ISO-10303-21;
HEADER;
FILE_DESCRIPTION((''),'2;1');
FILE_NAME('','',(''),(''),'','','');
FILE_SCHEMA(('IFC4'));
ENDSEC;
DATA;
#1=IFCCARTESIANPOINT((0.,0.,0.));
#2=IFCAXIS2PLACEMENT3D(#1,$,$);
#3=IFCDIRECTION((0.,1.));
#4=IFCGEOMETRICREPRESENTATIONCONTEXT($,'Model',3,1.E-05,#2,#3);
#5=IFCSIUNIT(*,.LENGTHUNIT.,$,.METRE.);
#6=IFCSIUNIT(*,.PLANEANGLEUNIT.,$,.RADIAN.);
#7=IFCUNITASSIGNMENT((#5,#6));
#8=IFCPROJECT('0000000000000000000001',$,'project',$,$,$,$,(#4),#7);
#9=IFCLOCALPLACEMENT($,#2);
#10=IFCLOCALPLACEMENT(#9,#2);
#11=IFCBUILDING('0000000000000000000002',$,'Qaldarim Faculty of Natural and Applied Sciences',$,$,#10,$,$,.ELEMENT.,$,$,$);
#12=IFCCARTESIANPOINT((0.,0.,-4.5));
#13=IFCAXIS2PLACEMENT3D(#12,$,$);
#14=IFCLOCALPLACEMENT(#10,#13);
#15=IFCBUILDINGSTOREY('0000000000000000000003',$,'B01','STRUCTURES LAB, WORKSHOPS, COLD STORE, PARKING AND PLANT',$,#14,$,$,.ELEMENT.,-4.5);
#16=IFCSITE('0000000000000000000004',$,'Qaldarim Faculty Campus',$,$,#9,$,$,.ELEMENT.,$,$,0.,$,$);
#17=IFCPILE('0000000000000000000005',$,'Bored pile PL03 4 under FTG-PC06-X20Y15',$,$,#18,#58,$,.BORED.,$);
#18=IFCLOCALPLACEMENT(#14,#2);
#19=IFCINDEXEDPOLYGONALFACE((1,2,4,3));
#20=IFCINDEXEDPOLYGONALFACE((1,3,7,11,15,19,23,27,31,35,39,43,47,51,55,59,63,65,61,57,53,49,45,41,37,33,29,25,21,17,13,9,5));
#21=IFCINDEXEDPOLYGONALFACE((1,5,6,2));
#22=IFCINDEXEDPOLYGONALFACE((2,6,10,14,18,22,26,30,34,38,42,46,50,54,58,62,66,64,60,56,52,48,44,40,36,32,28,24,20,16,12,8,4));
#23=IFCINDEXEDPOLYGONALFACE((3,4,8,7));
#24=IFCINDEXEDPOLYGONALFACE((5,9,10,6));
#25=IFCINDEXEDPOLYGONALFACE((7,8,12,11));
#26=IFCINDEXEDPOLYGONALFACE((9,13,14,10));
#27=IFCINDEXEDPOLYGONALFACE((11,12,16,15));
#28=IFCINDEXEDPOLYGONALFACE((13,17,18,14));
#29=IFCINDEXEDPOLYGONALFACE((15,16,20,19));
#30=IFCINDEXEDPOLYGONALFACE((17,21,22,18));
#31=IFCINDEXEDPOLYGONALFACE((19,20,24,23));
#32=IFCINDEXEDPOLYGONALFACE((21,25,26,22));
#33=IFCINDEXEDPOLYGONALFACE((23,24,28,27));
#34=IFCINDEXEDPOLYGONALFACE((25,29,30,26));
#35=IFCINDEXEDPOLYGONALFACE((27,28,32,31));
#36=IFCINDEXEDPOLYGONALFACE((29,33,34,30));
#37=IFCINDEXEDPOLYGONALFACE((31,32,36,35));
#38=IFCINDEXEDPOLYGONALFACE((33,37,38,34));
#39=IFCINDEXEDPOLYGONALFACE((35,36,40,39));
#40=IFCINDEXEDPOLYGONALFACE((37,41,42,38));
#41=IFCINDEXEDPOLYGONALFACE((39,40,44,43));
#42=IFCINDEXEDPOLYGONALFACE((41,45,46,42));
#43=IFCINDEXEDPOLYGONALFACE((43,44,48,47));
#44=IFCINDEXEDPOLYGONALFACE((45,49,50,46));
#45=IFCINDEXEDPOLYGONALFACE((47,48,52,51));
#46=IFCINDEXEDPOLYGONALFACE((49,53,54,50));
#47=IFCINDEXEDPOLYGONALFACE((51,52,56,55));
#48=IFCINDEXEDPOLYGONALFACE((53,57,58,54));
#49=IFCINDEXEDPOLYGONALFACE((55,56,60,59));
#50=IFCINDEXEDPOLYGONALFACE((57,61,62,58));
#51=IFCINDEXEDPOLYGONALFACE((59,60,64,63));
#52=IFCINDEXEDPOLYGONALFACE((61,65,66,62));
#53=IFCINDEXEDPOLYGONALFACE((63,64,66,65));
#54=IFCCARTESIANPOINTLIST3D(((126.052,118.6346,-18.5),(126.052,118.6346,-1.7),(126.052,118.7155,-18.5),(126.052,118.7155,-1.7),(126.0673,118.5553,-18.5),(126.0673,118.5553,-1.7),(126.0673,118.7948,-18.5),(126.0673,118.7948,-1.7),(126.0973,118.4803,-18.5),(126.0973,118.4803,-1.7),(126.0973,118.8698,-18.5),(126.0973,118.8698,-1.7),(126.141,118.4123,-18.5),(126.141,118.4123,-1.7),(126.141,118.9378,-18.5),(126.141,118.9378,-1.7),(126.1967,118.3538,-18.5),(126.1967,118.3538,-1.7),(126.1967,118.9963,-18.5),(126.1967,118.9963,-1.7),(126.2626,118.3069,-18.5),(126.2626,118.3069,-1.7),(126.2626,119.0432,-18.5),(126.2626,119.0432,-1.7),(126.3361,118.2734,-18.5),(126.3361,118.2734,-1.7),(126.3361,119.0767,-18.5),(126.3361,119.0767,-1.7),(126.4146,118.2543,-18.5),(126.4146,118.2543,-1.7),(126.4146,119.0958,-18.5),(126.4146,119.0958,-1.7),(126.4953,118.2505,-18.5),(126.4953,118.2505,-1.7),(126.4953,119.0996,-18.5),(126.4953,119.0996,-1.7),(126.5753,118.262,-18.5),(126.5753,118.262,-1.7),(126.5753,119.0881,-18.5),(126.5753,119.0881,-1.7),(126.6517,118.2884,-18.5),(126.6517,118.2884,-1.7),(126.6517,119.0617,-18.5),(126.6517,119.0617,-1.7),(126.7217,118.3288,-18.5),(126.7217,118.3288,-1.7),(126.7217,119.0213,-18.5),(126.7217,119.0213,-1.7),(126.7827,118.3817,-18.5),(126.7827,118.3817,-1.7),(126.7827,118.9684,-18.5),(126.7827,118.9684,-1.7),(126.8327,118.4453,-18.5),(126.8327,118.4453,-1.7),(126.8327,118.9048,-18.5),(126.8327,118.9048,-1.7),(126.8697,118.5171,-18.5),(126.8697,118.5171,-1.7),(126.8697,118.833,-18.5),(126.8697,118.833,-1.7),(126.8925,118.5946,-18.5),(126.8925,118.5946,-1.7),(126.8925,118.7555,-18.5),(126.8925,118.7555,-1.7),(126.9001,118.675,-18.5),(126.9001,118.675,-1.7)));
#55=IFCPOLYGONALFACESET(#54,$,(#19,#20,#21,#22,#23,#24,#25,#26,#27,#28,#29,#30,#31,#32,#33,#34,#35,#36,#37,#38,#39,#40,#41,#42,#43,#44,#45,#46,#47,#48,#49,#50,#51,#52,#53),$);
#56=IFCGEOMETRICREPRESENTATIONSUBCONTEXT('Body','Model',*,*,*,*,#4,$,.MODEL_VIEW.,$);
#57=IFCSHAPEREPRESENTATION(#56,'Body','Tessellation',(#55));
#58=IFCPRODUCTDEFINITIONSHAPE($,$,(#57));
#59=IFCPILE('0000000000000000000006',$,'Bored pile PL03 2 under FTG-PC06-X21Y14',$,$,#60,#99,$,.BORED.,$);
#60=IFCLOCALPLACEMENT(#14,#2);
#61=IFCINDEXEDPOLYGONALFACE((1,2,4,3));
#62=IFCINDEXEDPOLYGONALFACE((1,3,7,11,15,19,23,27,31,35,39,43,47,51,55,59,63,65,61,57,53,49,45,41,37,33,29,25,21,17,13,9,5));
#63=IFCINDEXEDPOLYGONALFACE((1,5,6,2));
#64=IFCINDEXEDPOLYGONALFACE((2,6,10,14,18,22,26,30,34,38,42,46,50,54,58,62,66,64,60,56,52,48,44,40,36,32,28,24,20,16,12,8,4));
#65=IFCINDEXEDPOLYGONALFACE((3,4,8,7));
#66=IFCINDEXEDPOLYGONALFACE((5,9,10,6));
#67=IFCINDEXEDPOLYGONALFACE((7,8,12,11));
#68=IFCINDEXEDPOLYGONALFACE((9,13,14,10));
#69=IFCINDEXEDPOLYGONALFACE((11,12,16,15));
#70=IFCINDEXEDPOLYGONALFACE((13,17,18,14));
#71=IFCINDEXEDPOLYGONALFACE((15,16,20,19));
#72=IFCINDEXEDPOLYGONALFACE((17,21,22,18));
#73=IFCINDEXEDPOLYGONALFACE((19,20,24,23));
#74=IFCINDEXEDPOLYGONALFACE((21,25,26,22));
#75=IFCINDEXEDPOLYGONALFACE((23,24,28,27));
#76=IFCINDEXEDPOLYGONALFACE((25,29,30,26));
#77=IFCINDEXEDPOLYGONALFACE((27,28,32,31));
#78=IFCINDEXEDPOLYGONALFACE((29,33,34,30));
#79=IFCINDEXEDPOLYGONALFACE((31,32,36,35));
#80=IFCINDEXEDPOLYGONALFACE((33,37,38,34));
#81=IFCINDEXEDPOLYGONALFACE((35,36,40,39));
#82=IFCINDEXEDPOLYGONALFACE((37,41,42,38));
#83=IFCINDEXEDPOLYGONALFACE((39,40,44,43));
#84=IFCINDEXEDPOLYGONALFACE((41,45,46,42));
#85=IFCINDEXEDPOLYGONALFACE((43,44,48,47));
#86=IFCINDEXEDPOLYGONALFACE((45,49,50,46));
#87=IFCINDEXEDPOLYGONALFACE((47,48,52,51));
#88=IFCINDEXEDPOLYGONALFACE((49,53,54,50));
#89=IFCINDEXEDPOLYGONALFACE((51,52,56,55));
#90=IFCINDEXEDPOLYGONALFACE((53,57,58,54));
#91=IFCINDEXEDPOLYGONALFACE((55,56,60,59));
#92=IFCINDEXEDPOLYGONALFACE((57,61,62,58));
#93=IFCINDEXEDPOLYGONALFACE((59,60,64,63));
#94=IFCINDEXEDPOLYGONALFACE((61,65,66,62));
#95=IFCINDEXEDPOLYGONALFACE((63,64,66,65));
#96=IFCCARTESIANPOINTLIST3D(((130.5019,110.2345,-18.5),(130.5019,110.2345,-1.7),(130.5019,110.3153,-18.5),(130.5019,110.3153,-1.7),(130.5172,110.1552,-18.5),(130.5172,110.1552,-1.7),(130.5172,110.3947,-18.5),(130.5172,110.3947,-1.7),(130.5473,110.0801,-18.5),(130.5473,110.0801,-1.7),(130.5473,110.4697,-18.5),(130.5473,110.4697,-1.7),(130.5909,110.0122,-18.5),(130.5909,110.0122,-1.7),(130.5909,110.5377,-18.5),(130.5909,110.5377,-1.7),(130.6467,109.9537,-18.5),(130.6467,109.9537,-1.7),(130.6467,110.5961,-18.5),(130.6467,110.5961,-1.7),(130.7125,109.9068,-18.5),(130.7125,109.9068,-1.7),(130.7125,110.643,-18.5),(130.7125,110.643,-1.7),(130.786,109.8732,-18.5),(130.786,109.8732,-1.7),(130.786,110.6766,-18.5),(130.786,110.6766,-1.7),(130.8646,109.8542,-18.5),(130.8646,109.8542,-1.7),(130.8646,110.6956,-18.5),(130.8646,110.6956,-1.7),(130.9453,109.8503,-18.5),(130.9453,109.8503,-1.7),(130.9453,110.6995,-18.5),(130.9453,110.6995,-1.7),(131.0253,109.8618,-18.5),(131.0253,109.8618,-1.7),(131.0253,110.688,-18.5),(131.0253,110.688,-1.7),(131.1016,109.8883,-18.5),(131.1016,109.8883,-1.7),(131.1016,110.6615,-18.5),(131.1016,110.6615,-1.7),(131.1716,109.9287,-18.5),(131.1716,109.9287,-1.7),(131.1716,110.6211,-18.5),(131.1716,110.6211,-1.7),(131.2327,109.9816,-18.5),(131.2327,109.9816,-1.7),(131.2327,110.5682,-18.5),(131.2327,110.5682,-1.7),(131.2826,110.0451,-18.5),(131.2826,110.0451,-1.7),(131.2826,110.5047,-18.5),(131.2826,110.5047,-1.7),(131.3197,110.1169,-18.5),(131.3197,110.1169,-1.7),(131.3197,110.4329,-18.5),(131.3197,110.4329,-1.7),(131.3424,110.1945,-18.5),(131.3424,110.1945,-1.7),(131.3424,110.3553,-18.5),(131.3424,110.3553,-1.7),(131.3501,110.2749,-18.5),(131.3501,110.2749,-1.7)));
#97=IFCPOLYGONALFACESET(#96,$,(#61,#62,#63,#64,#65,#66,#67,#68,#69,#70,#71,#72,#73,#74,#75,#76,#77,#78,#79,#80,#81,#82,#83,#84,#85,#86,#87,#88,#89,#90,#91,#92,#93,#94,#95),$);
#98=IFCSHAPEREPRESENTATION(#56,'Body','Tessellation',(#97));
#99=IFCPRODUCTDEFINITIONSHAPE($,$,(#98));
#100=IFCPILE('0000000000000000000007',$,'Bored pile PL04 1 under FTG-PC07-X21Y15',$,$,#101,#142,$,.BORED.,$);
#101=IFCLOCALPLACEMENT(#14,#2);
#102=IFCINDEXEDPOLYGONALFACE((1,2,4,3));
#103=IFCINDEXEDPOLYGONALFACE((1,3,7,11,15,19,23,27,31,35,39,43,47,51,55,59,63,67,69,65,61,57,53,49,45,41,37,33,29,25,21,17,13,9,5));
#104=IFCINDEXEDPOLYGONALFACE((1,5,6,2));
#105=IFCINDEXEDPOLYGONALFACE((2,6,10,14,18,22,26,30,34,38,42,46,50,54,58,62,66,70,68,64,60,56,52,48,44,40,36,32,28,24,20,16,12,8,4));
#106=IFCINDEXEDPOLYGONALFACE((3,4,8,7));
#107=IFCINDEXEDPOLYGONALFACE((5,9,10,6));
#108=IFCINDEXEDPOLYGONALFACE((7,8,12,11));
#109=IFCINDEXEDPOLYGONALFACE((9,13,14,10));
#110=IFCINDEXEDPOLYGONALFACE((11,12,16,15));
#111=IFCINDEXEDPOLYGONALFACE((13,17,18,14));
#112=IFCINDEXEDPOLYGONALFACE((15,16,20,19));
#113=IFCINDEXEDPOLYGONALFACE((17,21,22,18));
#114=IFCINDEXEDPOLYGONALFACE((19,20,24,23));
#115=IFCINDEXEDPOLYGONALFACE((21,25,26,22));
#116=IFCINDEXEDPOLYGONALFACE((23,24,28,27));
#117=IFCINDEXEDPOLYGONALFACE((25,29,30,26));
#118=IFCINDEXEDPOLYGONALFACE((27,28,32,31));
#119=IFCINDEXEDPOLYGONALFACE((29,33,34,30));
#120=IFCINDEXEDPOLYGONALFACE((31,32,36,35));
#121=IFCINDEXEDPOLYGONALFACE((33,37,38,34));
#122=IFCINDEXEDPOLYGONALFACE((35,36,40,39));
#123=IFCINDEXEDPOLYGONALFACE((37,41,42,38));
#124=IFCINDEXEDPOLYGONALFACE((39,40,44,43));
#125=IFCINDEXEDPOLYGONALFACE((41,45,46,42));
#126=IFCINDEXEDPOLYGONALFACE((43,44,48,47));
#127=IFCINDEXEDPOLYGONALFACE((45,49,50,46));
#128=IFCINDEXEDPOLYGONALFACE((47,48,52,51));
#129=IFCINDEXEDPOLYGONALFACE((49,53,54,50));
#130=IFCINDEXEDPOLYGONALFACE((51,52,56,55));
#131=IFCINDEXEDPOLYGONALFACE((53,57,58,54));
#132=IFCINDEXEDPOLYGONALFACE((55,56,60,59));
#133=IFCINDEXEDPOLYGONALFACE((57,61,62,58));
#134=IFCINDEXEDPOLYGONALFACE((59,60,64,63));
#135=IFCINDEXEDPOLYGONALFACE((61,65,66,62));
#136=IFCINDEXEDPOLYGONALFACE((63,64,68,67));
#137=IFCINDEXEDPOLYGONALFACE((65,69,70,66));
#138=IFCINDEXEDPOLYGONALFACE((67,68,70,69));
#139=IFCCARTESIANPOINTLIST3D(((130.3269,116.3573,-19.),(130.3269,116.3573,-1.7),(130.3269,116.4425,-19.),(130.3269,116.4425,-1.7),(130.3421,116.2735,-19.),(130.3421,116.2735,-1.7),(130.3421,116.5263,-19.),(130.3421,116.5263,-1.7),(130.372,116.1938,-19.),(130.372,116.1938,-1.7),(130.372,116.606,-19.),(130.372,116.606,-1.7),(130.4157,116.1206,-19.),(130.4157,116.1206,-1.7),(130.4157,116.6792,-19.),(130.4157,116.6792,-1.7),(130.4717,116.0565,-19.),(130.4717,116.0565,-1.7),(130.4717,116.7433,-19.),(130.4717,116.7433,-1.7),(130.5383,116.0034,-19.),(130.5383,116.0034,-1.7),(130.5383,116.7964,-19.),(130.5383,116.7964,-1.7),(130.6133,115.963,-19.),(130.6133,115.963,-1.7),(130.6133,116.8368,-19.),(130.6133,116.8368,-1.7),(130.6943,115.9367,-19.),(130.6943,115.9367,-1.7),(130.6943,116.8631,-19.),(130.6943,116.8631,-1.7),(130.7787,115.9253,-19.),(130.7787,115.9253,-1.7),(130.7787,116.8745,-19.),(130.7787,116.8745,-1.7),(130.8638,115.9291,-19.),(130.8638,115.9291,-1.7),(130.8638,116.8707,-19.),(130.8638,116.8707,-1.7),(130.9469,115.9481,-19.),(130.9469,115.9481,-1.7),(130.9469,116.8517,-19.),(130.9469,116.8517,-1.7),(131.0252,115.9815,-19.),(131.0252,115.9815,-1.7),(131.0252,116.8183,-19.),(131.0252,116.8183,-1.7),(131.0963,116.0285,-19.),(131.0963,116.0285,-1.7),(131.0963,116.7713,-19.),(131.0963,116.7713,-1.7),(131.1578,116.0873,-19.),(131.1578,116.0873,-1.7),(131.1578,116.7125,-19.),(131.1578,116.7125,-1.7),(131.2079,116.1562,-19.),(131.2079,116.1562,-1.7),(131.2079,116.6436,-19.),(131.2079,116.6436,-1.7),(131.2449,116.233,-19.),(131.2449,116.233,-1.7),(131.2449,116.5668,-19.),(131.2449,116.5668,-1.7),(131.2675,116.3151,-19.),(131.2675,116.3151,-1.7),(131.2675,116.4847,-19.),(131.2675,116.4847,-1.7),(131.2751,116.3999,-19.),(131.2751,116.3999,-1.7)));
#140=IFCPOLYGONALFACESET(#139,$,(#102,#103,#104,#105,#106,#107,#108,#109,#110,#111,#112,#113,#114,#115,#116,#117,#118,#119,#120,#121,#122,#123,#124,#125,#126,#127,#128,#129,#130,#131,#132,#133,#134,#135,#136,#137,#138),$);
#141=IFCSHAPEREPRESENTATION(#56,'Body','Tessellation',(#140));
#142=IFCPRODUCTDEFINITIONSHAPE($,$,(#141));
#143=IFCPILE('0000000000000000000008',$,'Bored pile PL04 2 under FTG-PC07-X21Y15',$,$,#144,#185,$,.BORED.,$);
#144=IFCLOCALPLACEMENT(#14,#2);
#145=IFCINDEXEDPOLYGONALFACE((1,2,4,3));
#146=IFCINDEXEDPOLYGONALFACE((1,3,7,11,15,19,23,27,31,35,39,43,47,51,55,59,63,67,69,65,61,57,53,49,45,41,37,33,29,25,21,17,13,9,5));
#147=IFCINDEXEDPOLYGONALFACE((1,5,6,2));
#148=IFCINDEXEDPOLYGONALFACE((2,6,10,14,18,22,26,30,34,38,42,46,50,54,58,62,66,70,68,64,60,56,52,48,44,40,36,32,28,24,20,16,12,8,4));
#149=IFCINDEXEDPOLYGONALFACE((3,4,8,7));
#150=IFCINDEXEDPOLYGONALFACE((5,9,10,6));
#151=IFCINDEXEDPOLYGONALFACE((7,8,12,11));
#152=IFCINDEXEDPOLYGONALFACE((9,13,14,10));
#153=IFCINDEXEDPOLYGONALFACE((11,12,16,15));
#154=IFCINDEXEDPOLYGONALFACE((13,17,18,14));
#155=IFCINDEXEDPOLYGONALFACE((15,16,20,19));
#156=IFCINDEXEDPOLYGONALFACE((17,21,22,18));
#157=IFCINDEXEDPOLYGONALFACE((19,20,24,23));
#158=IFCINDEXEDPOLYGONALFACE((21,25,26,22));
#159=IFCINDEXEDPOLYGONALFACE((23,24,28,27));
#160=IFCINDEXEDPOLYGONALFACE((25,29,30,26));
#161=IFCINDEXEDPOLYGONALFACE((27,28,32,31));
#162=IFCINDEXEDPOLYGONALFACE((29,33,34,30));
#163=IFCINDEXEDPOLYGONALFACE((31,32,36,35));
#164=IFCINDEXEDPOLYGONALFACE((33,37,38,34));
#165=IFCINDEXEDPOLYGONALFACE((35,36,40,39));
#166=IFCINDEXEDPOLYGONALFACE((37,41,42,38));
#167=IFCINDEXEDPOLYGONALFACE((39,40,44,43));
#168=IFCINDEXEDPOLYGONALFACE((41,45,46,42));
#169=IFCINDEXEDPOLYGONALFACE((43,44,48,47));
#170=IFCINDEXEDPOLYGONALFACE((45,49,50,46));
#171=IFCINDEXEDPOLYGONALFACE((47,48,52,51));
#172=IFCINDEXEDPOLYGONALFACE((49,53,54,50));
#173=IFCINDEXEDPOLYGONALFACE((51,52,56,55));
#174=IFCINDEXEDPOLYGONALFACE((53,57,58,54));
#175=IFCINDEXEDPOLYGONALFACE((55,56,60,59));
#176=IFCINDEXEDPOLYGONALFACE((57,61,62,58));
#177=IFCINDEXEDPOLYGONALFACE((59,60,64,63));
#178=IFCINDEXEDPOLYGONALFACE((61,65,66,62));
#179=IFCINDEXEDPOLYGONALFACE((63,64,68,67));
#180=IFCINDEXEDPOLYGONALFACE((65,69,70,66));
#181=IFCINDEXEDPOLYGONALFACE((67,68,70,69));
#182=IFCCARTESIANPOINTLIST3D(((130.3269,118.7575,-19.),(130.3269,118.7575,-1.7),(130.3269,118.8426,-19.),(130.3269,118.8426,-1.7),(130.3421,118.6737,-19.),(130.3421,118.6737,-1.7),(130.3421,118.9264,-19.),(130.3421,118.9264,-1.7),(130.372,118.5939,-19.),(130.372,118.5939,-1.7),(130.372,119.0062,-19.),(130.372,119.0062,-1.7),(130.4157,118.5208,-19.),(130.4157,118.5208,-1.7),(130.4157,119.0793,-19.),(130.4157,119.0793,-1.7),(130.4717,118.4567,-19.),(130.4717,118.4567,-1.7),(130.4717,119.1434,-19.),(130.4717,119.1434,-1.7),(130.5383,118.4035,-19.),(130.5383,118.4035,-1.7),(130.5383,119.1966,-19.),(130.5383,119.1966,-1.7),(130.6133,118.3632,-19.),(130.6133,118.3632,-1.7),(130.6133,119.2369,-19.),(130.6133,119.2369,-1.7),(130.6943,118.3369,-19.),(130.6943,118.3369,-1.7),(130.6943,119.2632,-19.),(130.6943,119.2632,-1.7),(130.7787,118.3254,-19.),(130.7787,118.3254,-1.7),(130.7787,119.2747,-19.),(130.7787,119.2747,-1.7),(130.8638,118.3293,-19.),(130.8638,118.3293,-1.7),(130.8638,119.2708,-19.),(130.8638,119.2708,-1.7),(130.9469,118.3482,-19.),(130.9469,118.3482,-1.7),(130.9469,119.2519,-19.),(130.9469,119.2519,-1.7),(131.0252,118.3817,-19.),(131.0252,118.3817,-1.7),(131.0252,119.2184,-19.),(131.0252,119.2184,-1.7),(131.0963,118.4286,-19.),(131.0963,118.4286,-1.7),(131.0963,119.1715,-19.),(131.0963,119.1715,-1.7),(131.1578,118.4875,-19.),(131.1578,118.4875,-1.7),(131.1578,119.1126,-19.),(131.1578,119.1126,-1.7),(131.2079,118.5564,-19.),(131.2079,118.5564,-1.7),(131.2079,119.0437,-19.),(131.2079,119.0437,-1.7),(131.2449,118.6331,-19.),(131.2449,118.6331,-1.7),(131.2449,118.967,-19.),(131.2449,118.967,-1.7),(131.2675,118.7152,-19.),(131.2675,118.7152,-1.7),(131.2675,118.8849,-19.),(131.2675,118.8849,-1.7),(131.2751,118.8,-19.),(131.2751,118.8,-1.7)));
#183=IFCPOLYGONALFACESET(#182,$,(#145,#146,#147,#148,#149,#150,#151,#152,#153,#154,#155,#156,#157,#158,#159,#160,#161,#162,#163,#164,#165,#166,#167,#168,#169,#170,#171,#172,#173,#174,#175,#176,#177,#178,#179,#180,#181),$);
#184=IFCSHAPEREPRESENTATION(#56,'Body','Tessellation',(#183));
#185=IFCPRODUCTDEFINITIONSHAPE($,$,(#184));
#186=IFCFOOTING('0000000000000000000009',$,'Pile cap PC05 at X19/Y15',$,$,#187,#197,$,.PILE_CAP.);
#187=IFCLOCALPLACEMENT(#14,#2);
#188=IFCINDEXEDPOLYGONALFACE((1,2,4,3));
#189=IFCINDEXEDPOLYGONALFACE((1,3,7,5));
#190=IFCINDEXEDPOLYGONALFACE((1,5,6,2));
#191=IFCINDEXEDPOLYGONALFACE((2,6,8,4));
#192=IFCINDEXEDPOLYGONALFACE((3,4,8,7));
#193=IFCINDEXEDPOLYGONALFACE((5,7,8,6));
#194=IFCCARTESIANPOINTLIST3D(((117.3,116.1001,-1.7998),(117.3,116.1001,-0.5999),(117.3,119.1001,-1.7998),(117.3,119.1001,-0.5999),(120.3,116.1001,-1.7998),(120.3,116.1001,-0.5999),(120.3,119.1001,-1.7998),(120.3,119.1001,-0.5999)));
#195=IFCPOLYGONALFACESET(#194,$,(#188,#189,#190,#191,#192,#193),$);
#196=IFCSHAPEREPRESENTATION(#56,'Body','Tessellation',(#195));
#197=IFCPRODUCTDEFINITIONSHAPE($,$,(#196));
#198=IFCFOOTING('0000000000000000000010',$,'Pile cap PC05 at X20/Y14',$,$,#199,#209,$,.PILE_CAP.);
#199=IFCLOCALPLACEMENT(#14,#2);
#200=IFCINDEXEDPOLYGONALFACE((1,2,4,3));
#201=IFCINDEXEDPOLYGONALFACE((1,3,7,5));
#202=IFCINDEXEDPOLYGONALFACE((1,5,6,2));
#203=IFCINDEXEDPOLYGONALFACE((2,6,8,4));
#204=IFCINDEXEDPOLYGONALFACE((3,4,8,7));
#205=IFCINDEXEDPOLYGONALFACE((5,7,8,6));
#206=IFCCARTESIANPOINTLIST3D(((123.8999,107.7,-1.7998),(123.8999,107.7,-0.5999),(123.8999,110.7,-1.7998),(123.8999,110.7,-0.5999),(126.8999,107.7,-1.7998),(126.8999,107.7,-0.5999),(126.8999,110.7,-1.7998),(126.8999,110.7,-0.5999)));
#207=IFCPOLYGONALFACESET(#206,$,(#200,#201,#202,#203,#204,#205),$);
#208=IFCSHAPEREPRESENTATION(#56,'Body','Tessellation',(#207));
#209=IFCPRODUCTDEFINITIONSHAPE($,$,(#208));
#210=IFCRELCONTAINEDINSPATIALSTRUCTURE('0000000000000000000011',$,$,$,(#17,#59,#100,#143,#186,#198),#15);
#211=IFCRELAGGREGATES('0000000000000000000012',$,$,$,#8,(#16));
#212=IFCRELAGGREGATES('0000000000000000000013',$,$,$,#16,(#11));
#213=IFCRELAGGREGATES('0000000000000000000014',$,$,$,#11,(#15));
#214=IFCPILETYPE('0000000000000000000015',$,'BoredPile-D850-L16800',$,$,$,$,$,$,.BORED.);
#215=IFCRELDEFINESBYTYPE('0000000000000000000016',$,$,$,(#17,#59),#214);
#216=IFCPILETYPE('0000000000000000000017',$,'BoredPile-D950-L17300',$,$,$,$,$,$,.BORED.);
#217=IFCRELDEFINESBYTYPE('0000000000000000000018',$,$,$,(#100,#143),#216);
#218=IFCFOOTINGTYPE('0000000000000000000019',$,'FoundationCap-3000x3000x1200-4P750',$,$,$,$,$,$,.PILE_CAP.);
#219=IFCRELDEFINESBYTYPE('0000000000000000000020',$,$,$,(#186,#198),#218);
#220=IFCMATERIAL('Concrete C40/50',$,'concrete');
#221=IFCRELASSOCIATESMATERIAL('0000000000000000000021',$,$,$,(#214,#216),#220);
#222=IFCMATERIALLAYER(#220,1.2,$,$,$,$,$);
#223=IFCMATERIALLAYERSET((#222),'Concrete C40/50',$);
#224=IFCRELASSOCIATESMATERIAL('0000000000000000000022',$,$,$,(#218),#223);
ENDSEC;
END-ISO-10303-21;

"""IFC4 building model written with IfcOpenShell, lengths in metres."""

from ifc_helpers import new_model, si_unit, direction, frame, origin, origin_2d, place, context, subcontext, project, spatial, rectangle, circle, extrude, material, layer, layer_set, material_profile, profile_set, type_object, element, save


model = new_model("IFC4")

# Units and contexts
model_context = context("Model", 3, precision=1e-05, world=origin(), true_north=direction((0.0, 1.0)))
body_context = subcontext(model_context, "Body", "Model", "MODEL_VIEW")
ifc_project = project(units=[si_unit("LENGTHUNIT", "METRE"), si_unit("PLANEANGLEUNIT", "RADIAN")], contexts=[model_context])

# Site, building, storey
site_placement = place(None, origin())
site = spatial("IfcSite", under=ifc_project, at=site_placement, Name="Qaldarim Faculty Campus", CompositionType="ELEMENT", RefElevation=0.0)
building_placement = place(site_placement, origin())
building = spatial("IfcBuilding", under=site, at=building_placement, Name="Qaldarim Faculty of Natural and Applied Sciences", CompositionType="ELEMENT")
storey_placement = place(building_placement, frame((0.0, 0.0, -4.5)))
storey = spatial("IfcBuildingStorey", under=building, at=storey_placement, Name="B01", Description="STRUCTURES LAB, WORKSHOPS, COLD STORE, PARKING AND PLANT", CompositionType="ELEMENT", Elevation=-4.5)

# Piles
ifc_material_1 = material(Name="Concrete C40/50", Category="concrete")
ifc_material_profile_1 = material_profile(ifc_material_1, circle(Radius=0.425, at=origin_2d()), Name="PILE-D850")
ifc_profile_set_1 = profile_set([ifc_material_profile_1], Name="Concrete C40/50")
pile_type_1 = type_object("IfcPileType", Name="BoredPile-D850-L16800", PredefinedType="BORED", material=ifc_profile_set_1)
for number, where, z_axis, x_axis, name in (
    (1, (126.4751, 118.675, -1.7), (0.0, 0.0, -1.0), (1.0, 0.0, 0.0), "Bored pile PL03 4 under FTG-PC06-X20Y15"),
    (2, (130.925, 110.2749, -1.7), (0.0, 0.0, -1.0), (1.0, 0.0, 0.0), "Bored pile PL03 2 under FTG-PC06-X21Y14"),
):
    element("IfcPile", number, at=place(storey_placement, frame(where, z_axis=z_axis, x_axis=x_axis)), inside=storey, type_object=pile_type_1, Name=name, PredefinedType="BORED", context=body_context, shape_type="SweptSolid", body=[
        extrude(circle(Radius=0.425, at=origin_2d()), origin(), (0.0, 0.0, 1.0), 16.8),
    ])
ifc_material_profile_2 = material_profile(ifc_material_1, circle(Radius=0.4751, at=origin_2d()), Name="PILE-D950")
ifc_profile_set_2 = profile_set([ifc_material_profile_2], Name="Concrete C40/50")
pile_type_2 = type_object("IfcPileType", Name="BoredPile-D950-L17300", PredefinedType="BORED", material=ifc_profile_set_2)
for number, where, z_axis, x_axis, name in (
    (3, (130.8, 116.3999, -1.7), (0.0, 0.0, -1.0), (1.0, 0.0, 0.0), "Bored pile PL04 1 under FTG-PC07-X21Y15"),
    (4, (130.8, 118.8, -1.7), (0.0, 0.0, -1.0), (1.0, 0.0, 0.0), "Bored pile PL04 2 under FTG-PC07-X21Y15"),
):
    element("IfcPile", number, at=place(storey_placement, frame(where, z_axis=z_axis, x_axis=x_axis)), inside=storey, type_object=pile_type_2, Name=name, PredefinedType="BORED", context=body_context, shape_type="SweptSolid", body=[
        extrude(circle(Radius=0.4751, at=origin_2d()), origin(), (0.0, 0.0, 1.0), 17.3),
    ])

# Footings
ifc_layer_1 = layer(ifc_material_1, 1.2)
ifc_layer_set_1 = layer_set([ifc_layer_1], Name="Concrete C40/50")
footing_type_1 = type_object("IfcFootingType", Name="FoundationCap-3000x3000x1200-4P750", PredefinedType="PILE_CAP", material=ifc_layer_set_1)
for number, where, z_axis, x_axis, name in (
    (5, (118.8, 117.6001, -1.7998), (0.0, 0.0, 1.0), (1.0, 0.0, 0.0), "Pile cap PC05 at X19/Y15"),
    (6, (125.3999, 109.2, -1.7998), (0.0, 0.0, 1.0), (1.0, 0.0, 0.0), "Pile cap PC05 at X20/Y14"),
):
    element("IfcFooting", number, at=place(storey_placement, frame(where, z_axis=z_axis, x_axis=x_axis)), inside=storey, type_object=footing_type_1, Name=name, PredefinedType="PILE_CAP", context=body_context, shape_type="SweptSolid", body=[
        extrude(rectangle(XDim=3.0, YDim=3.0, at=origin_2d()), origin(), (0.0, 0.0, 1.0), 1.2),
    ])

save(model, "model.ifc")
